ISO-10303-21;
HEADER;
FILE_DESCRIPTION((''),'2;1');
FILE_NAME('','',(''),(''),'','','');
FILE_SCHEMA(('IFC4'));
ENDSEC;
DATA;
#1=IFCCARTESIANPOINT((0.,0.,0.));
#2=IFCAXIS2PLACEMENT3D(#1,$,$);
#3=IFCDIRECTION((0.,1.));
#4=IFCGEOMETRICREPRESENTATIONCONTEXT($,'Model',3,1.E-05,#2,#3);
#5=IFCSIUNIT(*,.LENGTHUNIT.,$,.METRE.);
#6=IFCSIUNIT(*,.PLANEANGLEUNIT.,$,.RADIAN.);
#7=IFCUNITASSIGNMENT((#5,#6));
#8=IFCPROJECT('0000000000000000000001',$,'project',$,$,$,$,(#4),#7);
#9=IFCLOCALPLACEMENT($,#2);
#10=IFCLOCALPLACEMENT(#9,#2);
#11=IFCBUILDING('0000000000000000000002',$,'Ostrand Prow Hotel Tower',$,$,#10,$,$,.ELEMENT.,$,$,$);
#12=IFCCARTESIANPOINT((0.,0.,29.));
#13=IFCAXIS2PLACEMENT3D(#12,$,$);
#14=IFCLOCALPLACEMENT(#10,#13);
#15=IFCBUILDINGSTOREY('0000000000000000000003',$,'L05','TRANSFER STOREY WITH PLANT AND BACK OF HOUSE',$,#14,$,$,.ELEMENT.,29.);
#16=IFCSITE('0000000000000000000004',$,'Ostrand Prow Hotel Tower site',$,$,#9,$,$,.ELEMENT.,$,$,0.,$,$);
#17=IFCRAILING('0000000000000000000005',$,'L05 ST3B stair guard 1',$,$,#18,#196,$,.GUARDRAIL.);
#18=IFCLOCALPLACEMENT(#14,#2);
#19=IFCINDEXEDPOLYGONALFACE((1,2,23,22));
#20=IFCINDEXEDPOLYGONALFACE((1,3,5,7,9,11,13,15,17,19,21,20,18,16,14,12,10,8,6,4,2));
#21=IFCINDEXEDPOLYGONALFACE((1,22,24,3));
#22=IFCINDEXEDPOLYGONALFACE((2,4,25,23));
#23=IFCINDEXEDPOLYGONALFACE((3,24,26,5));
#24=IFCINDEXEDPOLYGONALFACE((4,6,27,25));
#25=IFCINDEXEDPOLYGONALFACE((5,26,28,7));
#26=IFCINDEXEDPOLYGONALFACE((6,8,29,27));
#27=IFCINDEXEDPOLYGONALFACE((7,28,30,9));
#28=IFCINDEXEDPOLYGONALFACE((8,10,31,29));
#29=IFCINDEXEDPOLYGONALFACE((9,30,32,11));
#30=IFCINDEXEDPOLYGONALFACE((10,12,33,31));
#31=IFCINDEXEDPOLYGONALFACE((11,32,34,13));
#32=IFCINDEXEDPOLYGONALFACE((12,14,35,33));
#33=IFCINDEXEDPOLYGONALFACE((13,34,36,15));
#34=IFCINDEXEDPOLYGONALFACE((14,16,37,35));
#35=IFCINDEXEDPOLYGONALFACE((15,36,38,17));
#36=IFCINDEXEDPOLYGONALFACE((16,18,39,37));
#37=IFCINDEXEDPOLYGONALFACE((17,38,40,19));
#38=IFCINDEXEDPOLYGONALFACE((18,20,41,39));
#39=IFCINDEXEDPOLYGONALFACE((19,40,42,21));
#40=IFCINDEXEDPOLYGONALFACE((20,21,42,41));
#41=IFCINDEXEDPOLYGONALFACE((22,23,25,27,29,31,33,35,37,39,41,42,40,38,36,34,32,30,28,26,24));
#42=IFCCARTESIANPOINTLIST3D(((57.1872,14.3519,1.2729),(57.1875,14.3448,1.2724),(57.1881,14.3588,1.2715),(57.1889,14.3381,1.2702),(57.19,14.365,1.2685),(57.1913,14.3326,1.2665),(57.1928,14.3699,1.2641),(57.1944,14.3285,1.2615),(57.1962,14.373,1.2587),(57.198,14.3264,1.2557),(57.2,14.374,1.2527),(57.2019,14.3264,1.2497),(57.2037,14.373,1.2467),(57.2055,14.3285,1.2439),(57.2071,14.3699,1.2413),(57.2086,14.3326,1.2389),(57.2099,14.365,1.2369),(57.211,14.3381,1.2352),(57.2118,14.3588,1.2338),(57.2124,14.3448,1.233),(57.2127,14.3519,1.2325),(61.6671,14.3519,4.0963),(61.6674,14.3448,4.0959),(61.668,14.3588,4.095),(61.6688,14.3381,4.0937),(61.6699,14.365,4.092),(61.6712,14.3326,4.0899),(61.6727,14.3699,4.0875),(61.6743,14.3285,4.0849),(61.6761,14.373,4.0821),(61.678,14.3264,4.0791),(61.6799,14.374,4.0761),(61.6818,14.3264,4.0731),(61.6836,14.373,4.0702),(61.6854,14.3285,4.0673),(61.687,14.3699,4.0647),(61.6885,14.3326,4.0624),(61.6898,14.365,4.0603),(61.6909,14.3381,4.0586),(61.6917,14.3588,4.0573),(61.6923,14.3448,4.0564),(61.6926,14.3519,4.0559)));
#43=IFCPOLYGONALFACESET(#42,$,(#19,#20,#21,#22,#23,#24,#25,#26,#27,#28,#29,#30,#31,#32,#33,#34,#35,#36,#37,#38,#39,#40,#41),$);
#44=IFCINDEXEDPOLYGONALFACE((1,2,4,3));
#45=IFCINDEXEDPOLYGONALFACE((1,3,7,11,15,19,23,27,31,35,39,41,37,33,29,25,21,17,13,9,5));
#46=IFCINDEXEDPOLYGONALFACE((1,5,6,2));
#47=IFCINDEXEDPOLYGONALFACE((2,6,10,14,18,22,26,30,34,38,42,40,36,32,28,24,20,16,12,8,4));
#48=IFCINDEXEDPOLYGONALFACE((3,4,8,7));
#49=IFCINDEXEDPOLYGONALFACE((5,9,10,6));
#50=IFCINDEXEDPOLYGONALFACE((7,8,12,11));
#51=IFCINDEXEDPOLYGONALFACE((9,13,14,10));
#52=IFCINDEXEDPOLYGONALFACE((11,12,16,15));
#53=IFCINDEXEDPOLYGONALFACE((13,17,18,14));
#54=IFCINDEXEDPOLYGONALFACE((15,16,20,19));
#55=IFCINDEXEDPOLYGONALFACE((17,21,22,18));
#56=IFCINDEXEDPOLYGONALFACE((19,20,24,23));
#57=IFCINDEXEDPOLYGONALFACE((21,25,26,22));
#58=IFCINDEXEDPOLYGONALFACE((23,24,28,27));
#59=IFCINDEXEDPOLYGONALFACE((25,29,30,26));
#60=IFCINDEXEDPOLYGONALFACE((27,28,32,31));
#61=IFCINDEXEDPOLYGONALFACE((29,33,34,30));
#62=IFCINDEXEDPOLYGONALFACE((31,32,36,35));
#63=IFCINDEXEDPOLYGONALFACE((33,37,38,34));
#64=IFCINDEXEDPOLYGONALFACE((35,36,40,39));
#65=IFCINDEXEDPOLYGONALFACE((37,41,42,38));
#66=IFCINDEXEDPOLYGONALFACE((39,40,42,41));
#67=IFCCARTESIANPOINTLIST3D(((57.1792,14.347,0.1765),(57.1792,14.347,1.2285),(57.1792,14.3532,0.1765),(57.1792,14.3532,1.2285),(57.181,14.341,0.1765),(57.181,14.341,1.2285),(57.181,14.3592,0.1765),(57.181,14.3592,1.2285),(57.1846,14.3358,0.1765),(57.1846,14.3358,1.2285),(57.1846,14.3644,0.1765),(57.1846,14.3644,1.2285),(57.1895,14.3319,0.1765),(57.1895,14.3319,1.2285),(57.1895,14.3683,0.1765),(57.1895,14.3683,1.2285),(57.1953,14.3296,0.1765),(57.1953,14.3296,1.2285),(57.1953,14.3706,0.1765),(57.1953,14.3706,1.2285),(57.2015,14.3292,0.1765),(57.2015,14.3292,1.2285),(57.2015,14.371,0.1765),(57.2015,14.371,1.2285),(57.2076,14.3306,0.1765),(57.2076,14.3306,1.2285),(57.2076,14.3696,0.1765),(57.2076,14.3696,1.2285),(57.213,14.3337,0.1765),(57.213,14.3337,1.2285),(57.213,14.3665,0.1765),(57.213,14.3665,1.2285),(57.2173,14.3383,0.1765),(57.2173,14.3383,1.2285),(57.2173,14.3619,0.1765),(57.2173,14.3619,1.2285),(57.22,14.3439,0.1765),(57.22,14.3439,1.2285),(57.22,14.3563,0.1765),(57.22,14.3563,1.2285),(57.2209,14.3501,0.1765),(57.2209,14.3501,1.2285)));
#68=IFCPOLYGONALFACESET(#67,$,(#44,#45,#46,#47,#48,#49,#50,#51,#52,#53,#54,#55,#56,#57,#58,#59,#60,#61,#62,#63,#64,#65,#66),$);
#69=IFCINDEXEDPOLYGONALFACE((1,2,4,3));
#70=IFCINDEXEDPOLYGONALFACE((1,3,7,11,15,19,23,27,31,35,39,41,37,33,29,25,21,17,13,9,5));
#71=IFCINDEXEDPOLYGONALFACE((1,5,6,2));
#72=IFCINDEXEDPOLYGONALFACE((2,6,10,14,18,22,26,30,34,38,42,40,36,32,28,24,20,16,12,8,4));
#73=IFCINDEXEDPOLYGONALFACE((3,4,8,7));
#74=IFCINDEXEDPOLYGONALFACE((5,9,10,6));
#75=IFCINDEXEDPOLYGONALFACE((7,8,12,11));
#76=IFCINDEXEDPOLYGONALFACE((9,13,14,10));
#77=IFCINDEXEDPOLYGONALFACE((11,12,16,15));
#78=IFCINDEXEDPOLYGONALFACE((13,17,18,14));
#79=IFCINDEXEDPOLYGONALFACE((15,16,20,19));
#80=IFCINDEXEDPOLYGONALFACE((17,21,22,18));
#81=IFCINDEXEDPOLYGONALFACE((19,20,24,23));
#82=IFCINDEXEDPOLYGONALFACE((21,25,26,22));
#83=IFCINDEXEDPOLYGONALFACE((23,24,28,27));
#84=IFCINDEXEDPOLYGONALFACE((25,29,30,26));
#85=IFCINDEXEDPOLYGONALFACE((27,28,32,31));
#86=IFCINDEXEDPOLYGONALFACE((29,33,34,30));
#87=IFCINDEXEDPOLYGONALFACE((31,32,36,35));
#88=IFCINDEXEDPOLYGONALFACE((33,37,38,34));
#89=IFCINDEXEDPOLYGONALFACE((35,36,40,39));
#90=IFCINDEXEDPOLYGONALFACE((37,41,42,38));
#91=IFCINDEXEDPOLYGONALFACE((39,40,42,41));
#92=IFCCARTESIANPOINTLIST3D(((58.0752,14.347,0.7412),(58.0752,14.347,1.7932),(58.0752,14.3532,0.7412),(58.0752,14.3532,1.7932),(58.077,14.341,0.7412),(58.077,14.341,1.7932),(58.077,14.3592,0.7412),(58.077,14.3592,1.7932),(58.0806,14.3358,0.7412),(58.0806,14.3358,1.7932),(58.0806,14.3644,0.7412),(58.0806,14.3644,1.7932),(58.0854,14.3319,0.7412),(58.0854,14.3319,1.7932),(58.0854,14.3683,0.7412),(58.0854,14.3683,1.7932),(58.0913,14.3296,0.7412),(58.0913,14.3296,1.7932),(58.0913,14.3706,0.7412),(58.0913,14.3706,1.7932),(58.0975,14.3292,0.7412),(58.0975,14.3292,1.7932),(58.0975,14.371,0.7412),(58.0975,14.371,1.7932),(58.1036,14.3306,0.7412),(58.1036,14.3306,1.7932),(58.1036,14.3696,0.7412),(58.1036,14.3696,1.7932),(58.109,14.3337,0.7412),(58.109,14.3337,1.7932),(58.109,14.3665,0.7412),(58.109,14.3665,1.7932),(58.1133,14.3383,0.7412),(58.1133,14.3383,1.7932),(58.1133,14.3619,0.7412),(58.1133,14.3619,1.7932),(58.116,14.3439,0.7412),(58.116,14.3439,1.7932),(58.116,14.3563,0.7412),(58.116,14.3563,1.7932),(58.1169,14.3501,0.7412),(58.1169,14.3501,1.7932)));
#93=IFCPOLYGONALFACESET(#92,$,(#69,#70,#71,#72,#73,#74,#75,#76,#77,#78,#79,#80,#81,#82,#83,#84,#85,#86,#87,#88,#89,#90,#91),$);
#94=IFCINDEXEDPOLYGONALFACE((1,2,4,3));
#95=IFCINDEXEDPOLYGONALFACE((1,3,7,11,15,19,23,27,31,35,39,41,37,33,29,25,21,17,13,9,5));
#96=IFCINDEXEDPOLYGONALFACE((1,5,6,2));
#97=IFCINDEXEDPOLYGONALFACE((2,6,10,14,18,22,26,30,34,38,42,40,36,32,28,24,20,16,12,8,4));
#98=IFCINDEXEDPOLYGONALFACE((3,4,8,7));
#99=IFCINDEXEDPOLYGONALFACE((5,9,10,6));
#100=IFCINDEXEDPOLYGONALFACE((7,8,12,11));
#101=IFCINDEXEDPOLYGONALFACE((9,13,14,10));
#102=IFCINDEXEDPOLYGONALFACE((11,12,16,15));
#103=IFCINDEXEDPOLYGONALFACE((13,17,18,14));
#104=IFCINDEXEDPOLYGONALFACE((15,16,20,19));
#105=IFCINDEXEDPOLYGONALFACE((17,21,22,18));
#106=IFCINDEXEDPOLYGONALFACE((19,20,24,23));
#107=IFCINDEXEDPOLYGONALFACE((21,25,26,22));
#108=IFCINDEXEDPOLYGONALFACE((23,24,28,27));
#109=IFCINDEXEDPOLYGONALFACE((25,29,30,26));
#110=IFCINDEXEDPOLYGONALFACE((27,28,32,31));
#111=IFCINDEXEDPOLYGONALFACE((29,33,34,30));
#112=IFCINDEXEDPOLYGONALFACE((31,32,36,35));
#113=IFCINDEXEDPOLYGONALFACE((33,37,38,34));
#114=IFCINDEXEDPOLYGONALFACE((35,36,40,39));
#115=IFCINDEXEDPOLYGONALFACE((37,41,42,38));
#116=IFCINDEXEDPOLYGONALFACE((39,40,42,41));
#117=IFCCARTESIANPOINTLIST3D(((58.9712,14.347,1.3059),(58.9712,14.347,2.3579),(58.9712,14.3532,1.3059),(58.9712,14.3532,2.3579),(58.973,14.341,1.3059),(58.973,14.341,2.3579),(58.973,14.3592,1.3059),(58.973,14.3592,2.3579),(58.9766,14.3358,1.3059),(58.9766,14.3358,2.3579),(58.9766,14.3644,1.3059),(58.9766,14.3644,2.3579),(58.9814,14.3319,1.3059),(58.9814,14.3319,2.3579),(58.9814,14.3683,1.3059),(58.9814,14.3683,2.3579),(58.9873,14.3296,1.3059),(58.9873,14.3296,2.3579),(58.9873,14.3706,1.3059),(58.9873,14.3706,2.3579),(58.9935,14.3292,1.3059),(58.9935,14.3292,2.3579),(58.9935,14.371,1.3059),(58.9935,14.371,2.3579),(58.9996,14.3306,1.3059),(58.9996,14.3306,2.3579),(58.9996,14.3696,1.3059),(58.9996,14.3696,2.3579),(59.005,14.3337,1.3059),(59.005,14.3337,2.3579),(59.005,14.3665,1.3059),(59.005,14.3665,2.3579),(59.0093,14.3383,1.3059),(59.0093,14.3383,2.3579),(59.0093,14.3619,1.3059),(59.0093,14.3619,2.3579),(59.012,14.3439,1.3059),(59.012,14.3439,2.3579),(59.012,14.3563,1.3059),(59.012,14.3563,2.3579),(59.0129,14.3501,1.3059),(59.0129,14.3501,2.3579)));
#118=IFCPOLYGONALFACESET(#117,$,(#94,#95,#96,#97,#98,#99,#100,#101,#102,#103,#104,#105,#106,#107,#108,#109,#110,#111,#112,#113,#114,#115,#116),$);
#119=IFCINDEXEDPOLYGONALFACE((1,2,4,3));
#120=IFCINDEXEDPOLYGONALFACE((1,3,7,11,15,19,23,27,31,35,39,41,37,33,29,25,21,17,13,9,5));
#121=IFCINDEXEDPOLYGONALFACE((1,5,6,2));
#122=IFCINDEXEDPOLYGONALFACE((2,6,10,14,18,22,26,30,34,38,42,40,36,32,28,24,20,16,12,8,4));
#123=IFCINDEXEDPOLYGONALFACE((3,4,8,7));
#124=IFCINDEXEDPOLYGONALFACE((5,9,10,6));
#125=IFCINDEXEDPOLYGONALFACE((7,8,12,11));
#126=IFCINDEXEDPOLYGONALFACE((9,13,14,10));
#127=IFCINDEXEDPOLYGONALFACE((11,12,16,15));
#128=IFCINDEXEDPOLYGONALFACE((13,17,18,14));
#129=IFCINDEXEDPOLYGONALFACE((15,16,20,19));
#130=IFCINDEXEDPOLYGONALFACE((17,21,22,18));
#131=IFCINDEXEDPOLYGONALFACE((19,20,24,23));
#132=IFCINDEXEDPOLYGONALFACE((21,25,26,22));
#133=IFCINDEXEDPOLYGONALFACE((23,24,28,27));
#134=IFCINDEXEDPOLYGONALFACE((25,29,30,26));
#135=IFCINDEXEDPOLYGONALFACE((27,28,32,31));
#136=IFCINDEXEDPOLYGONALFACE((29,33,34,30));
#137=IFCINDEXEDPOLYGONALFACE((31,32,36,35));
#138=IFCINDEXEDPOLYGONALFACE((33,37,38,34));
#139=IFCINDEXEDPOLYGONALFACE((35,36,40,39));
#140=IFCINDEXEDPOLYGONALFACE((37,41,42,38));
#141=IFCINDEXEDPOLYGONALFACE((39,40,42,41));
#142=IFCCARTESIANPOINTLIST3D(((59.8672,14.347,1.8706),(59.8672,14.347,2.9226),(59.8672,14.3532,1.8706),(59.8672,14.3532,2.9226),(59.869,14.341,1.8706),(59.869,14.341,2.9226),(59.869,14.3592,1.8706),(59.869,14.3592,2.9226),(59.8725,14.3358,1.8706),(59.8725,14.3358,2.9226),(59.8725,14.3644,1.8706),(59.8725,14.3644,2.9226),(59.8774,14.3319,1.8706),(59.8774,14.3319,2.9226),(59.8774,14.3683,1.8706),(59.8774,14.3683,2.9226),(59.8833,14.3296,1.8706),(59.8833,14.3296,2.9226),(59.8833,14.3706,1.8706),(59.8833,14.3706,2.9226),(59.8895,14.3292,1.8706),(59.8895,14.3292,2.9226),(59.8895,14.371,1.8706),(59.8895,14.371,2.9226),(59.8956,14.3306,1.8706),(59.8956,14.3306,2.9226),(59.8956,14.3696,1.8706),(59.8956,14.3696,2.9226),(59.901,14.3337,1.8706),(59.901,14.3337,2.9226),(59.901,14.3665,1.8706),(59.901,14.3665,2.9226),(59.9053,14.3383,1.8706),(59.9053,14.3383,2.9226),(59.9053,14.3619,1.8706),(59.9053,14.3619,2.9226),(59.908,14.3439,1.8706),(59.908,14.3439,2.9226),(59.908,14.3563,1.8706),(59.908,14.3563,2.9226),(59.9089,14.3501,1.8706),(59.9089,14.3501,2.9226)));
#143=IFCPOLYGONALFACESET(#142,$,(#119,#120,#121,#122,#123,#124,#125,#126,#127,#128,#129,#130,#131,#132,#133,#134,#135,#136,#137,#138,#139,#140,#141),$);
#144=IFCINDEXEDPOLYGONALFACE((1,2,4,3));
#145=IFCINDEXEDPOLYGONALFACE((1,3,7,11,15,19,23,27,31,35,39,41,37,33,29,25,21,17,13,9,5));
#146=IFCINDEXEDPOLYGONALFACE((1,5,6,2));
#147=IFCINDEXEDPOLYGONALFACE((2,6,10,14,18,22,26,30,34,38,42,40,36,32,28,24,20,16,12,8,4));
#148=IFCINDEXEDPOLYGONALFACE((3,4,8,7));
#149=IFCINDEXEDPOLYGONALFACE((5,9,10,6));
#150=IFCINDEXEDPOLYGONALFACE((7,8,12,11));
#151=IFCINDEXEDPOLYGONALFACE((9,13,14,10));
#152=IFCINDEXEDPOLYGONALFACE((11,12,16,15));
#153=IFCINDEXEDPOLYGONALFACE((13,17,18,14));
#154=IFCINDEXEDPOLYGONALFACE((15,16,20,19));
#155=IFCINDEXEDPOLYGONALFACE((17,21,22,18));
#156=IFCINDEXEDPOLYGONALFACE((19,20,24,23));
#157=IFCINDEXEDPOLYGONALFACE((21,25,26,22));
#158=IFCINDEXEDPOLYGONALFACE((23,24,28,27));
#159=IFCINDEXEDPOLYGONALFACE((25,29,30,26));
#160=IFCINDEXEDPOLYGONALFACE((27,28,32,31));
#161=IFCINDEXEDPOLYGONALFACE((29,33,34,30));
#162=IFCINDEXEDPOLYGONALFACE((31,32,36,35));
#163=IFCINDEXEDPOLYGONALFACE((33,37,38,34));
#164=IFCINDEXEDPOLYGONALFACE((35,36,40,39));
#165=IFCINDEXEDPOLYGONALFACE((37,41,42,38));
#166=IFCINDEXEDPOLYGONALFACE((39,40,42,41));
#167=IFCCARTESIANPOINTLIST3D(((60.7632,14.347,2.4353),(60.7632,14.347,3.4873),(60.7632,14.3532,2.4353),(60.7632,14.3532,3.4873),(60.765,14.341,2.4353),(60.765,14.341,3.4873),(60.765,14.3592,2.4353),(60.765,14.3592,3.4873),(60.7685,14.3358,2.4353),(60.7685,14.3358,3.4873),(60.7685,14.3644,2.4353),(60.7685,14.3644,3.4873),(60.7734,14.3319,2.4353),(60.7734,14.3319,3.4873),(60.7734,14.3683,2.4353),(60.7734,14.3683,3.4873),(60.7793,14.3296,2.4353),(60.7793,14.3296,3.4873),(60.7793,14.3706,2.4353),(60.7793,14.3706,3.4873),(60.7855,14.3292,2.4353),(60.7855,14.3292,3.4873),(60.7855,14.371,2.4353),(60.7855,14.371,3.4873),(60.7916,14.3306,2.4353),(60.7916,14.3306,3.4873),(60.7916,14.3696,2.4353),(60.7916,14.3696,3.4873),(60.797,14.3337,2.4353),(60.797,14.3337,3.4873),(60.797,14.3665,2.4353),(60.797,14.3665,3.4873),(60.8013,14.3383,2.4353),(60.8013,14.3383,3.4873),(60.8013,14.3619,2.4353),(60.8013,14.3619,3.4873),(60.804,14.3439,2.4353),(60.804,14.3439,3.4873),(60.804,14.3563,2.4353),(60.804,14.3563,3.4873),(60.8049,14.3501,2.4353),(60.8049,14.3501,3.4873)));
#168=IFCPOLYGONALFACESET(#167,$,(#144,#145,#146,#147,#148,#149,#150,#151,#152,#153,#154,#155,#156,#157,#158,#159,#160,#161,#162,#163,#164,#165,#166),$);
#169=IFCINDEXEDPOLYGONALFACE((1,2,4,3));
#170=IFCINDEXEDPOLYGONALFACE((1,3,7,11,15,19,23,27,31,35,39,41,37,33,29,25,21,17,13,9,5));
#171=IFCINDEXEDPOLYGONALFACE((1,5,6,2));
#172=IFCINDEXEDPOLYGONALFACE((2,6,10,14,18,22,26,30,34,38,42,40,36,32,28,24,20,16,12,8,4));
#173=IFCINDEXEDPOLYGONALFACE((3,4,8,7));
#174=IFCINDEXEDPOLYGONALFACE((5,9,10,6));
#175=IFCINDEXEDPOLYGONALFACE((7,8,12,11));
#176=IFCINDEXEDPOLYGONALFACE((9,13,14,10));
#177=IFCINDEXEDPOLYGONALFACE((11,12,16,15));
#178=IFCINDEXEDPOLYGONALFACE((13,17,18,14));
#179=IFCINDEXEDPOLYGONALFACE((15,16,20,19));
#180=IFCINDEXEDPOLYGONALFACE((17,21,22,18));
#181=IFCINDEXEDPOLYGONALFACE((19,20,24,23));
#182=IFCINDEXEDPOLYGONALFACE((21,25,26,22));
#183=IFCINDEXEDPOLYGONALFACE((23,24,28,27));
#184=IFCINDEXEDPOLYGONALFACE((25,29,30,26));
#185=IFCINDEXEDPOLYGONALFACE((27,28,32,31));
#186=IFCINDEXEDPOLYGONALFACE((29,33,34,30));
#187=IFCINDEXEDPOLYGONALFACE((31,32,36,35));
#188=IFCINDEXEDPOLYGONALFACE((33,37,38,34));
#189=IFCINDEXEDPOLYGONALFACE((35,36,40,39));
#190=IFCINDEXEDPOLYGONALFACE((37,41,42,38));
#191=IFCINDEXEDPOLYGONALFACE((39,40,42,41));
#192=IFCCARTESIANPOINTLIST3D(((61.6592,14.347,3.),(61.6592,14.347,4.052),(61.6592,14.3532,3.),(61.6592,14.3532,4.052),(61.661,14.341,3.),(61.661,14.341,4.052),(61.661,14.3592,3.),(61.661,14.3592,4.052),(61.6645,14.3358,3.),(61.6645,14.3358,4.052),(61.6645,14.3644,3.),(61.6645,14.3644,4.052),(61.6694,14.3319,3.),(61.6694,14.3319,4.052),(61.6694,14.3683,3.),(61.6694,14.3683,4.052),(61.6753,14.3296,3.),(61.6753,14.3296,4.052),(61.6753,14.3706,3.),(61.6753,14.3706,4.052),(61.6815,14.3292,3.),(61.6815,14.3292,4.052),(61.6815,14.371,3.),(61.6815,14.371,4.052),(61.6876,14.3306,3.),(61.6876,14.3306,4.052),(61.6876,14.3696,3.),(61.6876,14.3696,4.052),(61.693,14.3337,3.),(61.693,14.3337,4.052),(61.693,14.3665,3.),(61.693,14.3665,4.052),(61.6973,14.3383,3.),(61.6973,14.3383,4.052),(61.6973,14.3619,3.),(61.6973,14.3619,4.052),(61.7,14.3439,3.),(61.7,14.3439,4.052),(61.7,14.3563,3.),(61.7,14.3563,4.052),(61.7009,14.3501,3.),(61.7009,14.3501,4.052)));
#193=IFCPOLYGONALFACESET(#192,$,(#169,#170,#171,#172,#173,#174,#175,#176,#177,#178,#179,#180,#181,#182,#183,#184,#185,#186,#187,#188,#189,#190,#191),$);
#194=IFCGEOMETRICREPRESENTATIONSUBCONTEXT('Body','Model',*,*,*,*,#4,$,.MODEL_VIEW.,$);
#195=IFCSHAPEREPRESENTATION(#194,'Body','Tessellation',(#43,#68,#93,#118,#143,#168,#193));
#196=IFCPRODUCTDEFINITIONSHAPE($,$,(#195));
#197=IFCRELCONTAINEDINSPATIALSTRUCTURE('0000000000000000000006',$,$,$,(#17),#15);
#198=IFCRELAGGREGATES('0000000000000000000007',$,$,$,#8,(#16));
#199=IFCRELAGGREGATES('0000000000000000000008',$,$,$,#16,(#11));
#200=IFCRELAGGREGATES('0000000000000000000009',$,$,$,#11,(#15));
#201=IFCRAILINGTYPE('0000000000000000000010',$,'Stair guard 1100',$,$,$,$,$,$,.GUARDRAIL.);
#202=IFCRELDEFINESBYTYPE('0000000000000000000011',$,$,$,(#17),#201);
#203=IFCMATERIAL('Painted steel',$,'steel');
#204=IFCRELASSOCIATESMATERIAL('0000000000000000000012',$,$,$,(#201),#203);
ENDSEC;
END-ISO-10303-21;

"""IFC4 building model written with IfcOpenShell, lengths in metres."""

from ifc_helpers import new_model, si_unit, direction, frame, origin, origin_2d, place, context, subcontext, project, spatial, circle, extrude, material, type_object, element, save


model = new_model("IFC4")

# Units and contexts
model_context = context("Model", 3, precision=1e-05, world=origin(), true_north=direction((0.0, 1.0)))
body_context = subcontext(model_context, "Body", "Model", "MODEL_VIEW")
ifc_project = project(units=[si_unit("LENGTHUNIT", "METRE"), si_unit("PLANEANGLEUNIT", "RADIAN")], contexts=[model_context])

# Site, building, storey
site_placement = place(None, origin())
site = spatial("IfcSite", under=ifc_project, at=site_placement, Name="Ostrand Prow Hotel Tower site", CompositionType="ELEMENT", RefElevation=0.0)
building_placement = place(site_placement, origin())
building = spatial("IfcBuilding", under=site, at=building_placement, Name="Ostrand Prow Hotel Tower", CompositionType="ELEMENT")
storey_placement = place(building_placement, frame((0.0, 0.0, 29.0)))
storey = spatial("IfcBuildingStorey", under=building, at=storey_placement, Name="L05", Description="TRANSFER STOREY WITH PLANT AND BACK OF HOUSE", CompositionType="ELEMENT", Elevation=29.0)

# Railing
ifc_material_1 = material(Name="Painted steel", Category="steel")
railing_type_1 = type_object("IfcRailingType", Name="Stair guard 1100", PredefinedType="GUARDRAIL", material=ifc_material_1)
railing_1_placement = place(storey_placement, frame((57.2, 14.3501, 0.1765)))
element("IfcRailing", 1, at=railing_1_placement, inside=storey, type_object=railing_type_1, Name="L05 ST3B stair guard 1", PredefinedType="GUARDRAIL", context=body_context, shape_type="SweptSolid", body=[
    extrude(circle(Radius=0.0239, at=origin_2d()), frame((0.0, 0.0, 1.0762), z_axis=(0.845998, 0.0, 0.533186), x_axis=(0.0, 1.0, 0.0)), (0.0, 0.0, 1.0), 5.2954),
    extrude(circle(Radius=0.021, at=origin_2d()), origin(), (0.0, 0.0, 1.0), 1.052),
    extrude(circle(Radius=0.021, at=origin_2d()), frame((0.896, 0.0, 0.5647)), (0.0, 0.0, 1.0), 1.052),
    extrude(circle(Radius=0.021, at=origin_2d()), frame((1.792, 0.0, 1.1294)), (0.0, 0.0, 1.0), 1.052),
    extrude(circle(Radius=0.021, at=origin_2d()), frame((2.688, 0.0, 1.6941)), (0.0, 0.0, 1.0), 1.052),
    extrude(circle(Radius=0.021, at=origin_2d()), frame((3.584, 0.0, 2.2588)), (0.0, 0.0, 1.0), 1.052),
    extrude(circle(Radius=0.021, at=origin_2d()), frame((4.48, 0.0, 2.8235)), (0.0, 0.0, 1.0), 1.052),
])

save(model, "model.ifc")
